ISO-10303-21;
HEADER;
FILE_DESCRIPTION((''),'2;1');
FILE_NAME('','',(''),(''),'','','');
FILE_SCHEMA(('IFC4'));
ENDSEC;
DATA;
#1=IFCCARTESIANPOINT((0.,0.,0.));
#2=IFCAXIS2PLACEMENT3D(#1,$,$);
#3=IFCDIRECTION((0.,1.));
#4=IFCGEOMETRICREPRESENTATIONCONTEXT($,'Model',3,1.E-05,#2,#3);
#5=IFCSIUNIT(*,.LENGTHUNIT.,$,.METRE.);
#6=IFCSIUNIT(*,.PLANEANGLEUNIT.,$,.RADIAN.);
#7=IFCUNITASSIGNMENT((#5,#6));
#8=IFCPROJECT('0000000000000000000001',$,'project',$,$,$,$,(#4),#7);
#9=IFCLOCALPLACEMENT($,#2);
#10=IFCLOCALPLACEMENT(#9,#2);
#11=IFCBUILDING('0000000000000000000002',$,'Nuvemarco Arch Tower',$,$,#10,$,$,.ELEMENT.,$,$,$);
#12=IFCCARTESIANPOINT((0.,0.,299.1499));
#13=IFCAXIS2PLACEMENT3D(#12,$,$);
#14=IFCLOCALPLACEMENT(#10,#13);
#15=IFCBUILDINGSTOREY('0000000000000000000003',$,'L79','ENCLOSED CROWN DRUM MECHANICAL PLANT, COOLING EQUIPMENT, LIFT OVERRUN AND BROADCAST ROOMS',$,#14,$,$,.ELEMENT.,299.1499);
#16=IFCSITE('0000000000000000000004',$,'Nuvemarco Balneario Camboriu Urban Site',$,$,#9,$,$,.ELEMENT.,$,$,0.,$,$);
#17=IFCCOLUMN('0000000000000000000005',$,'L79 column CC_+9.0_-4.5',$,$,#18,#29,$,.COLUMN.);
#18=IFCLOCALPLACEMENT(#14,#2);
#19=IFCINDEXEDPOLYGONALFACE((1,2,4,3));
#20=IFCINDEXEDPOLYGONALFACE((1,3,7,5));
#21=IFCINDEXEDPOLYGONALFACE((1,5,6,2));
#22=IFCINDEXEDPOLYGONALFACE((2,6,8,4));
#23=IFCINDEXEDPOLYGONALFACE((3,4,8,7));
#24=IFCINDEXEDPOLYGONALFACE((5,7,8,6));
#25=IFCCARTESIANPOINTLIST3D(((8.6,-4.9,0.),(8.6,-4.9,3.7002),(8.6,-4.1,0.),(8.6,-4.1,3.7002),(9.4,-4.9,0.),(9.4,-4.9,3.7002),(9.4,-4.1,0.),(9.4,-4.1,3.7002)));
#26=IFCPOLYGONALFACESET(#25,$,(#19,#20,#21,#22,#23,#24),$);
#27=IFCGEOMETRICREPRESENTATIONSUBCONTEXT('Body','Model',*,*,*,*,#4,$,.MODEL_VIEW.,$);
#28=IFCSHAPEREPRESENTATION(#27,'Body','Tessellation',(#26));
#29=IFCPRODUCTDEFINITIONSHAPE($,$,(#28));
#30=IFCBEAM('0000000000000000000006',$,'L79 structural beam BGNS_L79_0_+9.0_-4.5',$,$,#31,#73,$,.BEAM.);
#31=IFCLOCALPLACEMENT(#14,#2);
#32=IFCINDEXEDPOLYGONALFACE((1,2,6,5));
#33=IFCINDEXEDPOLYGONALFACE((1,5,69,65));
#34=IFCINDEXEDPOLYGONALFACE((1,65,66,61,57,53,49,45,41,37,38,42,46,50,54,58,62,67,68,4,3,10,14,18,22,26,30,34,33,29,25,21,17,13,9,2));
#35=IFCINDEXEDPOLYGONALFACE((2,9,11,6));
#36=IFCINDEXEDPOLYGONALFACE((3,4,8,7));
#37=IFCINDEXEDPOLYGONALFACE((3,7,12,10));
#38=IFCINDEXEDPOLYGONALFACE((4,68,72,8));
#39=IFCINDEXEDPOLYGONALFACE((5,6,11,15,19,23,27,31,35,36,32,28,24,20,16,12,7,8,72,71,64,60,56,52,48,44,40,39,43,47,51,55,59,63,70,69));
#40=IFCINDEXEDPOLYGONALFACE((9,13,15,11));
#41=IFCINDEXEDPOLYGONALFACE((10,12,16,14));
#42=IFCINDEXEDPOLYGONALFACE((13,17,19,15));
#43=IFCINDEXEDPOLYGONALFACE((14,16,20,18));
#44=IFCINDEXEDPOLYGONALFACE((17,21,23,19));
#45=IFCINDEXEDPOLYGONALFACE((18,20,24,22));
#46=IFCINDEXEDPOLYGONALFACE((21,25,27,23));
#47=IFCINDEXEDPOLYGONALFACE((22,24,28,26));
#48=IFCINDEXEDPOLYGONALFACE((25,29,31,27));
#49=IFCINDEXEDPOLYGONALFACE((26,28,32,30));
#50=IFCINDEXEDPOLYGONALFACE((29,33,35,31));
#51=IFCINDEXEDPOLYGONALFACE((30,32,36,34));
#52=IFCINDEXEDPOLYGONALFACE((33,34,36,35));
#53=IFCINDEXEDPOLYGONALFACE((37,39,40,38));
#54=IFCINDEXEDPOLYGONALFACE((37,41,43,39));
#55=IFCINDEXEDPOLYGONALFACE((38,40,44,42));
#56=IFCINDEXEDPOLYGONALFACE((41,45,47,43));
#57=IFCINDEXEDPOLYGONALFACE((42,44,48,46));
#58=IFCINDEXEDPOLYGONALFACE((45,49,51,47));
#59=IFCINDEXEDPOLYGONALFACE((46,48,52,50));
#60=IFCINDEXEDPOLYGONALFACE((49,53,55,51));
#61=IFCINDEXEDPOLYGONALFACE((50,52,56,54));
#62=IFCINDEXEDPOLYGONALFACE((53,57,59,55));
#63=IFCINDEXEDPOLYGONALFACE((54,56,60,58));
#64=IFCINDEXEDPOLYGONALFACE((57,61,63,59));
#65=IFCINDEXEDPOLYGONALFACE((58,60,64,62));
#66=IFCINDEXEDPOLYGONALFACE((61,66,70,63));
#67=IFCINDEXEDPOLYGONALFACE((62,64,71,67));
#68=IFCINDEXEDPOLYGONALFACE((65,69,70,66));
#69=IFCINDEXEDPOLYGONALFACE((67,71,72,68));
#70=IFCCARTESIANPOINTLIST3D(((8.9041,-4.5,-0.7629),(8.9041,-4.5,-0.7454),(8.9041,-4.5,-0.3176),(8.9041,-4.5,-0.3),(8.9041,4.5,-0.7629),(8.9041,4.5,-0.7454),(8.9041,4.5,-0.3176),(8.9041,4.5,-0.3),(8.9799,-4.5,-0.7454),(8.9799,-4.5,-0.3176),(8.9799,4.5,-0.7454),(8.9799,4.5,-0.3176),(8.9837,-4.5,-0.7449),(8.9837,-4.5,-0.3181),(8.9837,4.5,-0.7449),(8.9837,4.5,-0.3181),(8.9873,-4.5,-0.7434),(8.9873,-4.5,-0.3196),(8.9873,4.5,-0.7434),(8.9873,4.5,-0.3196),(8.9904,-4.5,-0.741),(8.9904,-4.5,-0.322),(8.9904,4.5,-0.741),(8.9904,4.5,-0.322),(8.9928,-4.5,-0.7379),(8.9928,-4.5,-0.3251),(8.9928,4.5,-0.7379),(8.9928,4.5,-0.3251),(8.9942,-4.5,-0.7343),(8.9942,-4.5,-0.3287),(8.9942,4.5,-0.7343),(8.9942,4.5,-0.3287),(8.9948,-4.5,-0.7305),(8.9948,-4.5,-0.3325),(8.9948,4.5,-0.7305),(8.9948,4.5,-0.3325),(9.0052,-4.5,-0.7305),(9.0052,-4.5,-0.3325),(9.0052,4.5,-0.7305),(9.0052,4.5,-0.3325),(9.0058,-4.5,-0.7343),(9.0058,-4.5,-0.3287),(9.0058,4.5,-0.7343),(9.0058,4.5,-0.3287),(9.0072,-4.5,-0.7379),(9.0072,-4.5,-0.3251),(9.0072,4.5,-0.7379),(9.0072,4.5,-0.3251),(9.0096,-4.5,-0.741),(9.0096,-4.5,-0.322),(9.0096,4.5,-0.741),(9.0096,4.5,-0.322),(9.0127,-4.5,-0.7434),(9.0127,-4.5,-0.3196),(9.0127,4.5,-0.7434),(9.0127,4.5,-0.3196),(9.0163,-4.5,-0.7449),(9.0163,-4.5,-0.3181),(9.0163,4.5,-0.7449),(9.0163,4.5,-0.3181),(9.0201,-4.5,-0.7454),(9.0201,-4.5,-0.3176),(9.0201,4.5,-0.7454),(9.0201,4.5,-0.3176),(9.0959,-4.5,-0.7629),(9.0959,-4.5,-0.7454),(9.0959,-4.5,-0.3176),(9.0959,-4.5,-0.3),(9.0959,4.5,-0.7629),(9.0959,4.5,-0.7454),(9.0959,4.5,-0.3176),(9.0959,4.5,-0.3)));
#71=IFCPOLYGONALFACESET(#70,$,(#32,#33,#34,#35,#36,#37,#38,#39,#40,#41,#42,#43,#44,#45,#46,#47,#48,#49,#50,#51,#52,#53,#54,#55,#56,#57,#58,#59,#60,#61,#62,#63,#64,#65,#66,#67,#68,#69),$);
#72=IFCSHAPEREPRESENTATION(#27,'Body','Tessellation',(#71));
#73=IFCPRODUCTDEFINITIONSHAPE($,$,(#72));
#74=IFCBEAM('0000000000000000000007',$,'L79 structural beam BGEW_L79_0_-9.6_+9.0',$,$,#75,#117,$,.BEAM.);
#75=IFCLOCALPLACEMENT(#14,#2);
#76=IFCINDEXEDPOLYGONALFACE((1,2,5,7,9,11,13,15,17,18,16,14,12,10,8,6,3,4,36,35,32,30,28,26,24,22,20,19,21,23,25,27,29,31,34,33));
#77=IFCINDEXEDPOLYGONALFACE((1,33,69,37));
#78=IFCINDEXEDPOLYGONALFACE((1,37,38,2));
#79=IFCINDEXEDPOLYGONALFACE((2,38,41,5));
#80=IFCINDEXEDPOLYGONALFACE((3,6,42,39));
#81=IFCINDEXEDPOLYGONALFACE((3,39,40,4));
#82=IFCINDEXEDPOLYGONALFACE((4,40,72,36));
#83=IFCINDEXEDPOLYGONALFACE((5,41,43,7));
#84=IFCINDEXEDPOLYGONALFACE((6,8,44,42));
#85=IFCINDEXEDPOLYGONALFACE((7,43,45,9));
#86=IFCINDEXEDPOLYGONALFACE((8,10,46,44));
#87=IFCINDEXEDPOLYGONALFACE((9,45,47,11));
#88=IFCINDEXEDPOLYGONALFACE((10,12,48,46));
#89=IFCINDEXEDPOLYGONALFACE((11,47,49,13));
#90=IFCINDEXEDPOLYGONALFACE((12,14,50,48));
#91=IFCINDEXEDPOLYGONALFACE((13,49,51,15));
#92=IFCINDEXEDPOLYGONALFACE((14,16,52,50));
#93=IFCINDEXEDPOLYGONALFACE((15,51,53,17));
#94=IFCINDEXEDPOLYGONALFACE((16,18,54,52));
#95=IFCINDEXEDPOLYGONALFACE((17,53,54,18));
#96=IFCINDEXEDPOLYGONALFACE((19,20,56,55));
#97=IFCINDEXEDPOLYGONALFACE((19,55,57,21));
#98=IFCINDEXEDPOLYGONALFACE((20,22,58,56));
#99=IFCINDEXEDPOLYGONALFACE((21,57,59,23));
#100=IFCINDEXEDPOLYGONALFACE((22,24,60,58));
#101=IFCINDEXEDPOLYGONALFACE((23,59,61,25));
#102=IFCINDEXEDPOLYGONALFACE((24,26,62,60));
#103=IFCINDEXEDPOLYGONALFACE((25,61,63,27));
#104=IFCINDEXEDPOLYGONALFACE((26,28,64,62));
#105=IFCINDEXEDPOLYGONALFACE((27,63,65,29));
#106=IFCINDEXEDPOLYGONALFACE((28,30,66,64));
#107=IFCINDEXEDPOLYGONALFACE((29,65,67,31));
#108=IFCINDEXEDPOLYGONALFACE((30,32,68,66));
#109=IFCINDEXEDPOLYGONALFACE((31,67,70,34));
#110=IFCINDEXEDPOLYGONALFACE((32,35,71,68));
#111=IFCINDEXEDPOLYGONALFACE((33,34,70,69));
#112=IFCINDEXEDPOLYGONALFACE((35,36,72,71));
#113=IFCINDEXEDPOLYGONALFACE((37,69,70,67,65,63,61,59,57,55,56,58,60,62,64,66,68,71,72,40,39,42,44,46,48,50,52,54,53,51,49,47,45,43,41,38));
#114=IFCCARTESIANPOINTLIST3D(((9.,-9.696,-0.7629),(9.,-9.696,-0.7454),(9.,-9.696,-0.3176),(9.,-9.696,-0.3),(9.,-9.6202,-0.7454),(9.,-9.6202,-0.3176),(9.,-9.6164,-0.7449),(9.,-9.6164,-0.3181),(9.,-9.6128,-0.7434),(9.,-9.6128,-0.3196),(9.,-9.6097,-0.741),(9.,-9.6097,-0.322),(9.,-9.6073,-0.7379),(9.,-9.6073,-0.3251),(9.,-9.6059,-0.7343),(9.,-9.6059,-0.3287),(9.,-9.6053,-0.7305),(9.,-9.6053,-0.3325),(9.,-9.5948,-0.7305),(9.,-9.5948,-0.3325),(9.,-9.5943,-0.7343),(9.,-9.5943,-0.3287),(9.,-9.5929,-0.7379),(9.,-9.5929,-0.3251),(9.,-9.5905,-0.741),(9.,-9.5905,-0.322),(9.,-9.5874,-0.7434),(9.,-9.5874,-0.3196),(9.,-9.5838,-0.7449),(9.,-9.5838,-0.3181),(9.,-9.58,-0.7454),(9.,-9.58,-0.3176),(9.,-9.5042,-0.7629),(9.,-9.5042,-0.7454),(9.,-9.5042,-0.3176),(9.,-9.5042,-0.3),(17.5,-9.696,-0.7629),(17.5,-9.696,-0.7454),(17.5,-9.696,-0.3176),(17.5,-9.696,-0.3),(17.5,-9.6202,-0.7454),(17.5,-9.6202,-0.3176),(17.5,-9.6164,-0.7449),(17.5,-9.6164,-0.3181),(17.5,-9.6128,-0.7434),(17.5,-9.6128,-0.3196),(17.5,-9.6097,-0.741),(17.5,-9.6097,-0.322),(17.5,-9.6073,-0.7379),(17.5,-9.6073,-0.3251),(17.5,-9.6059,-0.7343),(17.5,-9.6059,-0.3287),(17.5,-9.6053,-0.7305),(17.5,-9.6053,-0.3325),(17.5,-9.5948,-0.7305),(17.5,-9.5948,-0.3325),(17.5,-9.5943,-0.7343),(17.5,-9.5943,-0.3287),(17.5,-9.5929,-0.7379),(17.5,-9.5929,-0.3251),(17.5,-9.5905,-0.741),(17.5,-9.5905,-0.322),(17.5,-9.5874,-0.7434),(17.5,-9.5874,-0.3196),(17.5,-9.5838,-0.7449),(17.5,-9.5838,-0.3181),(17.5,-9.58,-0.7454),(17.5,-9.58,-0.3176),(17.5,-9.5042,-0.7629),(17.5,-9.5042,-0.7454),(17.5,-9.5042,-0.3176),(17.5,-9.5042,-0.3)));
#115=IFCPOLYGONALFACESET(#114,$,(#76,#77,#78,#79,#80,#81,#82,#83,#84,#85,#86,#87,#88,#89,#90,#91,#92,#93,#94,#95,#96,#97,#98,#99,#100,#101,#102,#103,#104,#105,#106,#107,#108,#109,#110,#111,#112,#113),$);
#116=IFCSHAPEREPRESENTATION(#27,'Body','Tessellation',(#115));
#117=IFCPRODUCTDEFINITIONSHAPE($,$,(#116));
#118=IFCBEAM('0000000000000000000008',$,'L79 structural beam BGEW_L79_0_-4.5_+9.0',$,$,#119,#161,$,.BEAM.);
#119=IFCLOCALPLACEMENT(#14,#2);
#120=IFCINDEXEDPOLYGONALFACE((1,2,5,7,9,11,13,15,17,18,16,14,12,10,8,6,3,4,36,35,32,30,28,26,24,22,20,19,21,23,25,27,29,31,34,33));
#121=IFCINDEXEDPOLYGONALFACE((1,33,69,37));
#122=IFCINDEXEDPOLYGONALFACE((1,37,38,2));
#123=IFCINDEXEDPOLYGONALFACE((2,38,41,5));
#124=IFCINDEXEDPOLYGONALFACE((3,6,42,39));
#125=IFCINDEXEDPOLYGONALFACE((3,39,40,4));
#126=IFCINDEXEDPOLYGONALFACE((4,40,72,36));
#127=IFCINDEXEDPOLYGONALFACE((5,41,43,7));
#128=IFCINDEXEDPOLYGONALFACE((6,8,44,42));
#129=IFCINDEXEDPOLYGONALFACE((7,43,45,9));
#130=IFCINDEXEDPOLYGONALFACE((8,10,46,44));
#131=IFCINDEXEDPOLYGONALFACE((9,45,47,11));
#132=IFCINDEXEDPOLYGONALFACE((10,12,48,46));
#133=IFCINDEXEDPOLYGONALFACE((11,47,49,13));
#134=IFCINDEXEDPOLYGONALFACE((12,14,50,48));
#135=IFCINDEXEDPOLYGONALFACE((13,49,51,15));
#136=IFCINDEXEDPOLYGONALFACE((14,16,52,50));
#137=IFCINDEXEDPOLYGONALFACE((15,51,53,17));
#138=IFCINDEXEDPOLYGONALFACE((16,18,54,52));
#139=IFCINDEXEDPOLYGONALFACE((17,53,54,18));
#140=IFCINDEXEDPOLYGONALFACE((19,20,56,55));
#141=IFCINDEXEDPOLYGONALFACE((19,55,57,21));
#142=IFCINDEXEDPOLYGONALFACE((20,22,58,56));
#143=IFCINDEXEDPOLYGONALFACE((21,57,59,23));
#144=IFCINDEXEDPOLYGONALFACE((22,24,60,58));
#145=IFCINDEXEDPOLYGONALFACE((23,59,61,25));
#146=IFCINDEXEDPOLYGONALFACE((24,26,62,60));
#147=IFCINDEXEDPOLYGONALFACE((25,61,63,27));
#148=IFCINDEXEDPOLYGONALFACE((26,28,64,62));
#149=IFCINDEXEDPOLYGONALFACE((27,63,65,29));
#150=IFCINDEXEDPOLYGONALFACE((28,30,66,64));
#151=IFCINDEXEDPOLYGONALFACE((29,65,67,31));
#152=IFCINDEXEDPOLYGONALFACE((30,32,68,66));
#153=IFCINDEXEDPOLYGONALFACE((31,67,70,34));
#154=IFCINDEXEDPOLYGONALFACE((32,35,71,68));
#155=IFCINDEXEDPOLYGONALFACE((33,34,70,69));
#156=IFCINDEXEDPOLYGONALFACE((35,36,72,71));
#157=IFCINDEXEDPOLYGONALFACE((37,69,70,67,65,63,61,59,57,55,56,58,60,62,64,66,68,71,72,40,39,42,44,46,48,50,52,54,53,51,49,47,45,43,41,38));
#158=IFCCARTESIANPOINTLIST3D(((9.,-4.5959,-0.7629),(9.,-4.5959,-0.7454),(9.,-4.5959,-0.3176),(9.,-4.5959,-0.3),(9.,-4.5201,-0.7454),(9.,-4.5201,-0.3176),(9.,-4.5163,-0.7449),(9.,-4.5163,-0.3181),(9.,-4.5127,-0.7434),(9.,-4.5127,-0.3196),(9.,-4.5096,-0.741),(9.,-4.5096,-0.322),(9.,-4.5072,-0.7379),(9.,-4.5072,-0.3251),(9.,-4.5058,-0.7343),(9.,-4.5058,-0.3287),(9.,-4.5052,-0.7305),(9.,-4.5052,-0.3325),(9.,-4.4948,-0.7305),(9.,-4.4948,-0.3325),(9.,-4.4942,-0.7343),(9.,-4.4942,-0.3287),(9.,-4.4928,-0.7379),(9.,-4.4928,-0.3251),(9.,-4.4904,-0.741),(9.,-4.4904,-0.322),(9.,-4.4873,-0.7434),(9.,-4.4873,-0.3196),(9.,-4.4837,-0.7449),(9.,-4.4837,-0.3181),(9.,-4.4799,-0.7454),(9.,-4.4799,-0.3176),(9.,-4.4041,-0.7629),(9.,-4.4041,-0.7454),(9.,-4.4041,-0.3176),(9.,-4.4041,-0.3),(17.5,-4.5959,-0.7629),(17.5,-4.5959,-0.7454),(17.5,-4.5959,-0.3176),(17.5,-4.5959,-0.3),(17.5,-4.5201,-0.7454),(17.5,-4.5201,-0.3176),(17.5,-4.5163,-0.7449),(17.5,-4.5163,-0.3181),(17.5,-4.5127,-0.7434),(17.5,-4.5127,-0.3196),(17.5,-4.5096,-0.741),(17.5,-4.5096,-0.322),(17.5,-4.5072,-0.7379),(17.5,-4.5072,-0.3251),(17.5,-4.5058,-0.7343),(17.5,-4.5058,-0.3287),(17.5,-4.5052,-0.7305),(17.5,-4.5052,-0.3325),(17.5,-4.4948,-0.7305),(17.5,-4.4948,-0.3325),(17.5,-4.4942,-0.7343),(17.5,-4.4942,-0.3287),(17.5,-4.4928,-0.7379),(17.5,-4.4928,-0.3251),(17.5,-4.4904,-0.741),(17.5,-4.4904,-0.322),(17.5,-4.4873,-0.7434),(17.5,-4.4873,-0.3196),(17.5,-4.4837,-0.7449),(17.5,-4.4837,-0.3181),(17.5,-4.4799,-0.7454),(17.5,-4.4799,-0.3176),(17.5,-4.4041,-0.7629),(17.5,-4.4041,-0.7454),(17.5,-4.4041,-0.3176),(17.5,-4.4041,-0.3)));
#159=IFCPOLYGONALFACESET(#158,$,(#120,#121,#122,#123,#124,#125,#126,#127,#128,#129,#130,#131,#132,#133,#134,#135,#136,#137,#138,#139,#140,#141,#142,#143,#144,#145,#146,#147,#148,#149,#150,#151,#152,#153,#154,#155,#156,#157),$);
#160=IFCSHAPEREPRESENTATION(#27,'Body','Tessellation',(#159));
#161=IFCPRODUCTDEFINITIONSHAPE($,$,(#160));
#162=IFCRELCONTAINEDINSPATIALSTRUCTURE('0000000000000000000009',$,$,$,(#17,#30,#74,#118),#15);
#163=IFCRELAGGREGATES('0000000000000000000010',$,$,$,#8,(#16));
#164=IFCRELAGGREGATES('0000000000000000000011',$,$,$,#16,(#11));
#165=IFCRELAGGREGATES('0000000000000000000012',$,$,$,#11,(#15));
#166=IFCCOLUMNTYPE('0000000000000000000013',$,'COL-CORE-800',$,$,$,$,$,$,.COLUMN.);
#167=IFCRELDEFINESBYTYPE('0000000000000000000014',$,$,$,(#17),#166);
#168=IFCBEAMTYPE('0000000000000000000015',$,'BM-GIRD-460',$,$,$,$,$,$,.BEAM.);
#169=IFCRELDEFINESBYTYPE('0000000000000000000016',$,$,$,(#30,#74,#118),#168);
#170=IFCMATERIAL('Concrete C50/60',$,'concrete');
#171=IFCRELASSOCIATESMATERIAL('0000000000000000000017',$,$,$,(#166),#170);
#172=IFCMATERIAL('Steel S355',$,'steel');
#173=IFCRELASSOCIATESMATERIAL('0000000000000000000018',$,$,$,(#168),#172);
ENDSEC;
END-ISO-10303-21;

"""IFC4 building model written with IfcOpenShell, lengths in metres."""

from ifc_helpers import new_model, si_unit, direction, frame, origin, origin_2d, place, context, subcontext, project, spatial, rectangle, i_section, extrude, material, material_profile, profile_set, type_object, element, save


model = new_model("IFC4")

# Units and contexts
model_context = context("Model", 3, precision=1e-05, world=origin(), true_north=direction((0.0, 1.0)))
body_context = subcontext(model_context, "Body", "Model", "MODEL_VIEW")
ifc_project = project(units=[si_unit("LENGTHUNIT", "METRE"), si_unit("PLANEANGLEUNIT", "RADIAN")], contexts=[model_context])

# Site, building, storey
site_placement = place(None, origin())
site = spatial("IfcSite", under=ifc_project, at=site_placement, Name="Nuvemarco Balneario Camboriu Urban Site", CompositionType="ELEMENT", RefElevation=0.0)
building_placement = place(site_placement, origin())
building = spatial("IfcBuilding", under=site, at=building_placement, Name="Nuvemarco Arch Tower", CompositionType="ELEMENT")
storey_placement = place(building_placement, frame((0.0, 0.0, 299.1499)))
storey = spatial("IfcBuildingStorey", under=building, at=storey_placement, Name="L79", Description="ENCLOSED CROWN DRUM MECHANICAL PLANT, COOLING EQUIPMENT, LIFT OVERRUN AND BROADCAST ROOMS", CompositionType="ELEMENT", Elevation=299.1499)

# Column
ifc_material_1 = material(Name="Concrete C50/60", Category="concrete")
ifc_material_profile_1 = material_profile(ifc_material_1, rectangle(XDim=0.8, YDim=0.8, at=origin_2d()), Name="RC-COL-800x800")
ifc_profile_set_1 = profile_set([ifc_material_profile_1], Name="Concrete C50/60")
column_type = type_object("IfcColumnType", Name="COL-CORE-800", PredefinedType="COLUMN", material=ifc_profile_set_1)
column_placement = place(storey_placement, frame((9.0, -4.5, 0.0), z_axis=(0.0, 0.0, 1.0), x_axis=(1.0, 0.0, 0.0)))
element("IfcColumn", 1, at=column_placement, inside=storey, type_object=column_type, Name="L79 column CC_+9.0_-4.5", PredefinedType="COLUMN", context=body_context, shape_type="SweptSolid", body=[
    extrude(rectangle(XDim=0.8, YDim=0.8, at=origin_2d()), origin(), (0.0, 0.0, 1.0), 3.7002),
])

# Beams
ifc_material_2 = material(Name="Steel S355", Category="steel")
ifc_material_profile_2 = material_profile(ifc_material_2, i_section(OverallWidth=0.1919, OverallDepth=0.4629, WebThickness=0.0105, FlangeThickness=0.0176, FilletRadius=0.0149, at=origin_2d()), Name="W460x89")
ifc_profile_set_2 = profile_set([ifc_material_profile_2], Name="Steel S355")
beam_type = type_object("IfcBeamType", Name="BM-GIRD-460", PredefinedType="BEAM", material=ifc_profile_set_2)
beam_placement = place(storey_placement, frame((9.0, -4.5, -0.5315), z_axis=(0.0, 1.0, 0.0), x_axis=(-1.0, 0.0, 0.0)))
element("IfcBeam", 2, at=beam_placement, inside=storey, type_object=beam_type, Name="L79 structural beam BGNS_L79_0_+9.0_-4.5", PredefinedType="BEAM", context=body_context, shape_type="SweptSolid", body=[
    extrude(i_section(OverallWidth=0.1919, OverallDepth=0.4629, WebThickness=0.0105, FlangeThickness=0.0176, FilletRadius=0.0149, at=origin_2d()), origin(), (0.0, 0.0, 1.0), 9.0),
])
for number, where, z_axis, x_axis, name in (
    (3, (9.0, -9.6001, -0.5315), (1.0, 0.0, 0.0), (0.0, 1.0, 0.0), "L79 structural beam BGEW_L79_0_-9.6_+9.0"),
    (4, (9.0, -4.5, -0.5315), (1.0, 0.0, 0.0), (0.0, 1.0, 0.0), "L79 structural beam BGEW_L79_0_-4.5_+9.0"),
):
    element("IfcBeam", number, at=place(storey_placement, frame(where, z_axis=z_axis, x_axis=x_axis)), inside=storey, type_object=beam_type, Name=name, PredefinedType="BEAM", context=body_context, shape_type="SweptSolid", body=[
        extrude(i_section(OverallWidth=0.1919, OverallDepth=0.4629, WebThickness=0.0105, FlangeThickness=0.0176, FilletRadius=0.0149, at=origin_2d()), origin(), (0.0, 0.0, 1.0), 8.5),
    ])

save(model, "model.ifc")
